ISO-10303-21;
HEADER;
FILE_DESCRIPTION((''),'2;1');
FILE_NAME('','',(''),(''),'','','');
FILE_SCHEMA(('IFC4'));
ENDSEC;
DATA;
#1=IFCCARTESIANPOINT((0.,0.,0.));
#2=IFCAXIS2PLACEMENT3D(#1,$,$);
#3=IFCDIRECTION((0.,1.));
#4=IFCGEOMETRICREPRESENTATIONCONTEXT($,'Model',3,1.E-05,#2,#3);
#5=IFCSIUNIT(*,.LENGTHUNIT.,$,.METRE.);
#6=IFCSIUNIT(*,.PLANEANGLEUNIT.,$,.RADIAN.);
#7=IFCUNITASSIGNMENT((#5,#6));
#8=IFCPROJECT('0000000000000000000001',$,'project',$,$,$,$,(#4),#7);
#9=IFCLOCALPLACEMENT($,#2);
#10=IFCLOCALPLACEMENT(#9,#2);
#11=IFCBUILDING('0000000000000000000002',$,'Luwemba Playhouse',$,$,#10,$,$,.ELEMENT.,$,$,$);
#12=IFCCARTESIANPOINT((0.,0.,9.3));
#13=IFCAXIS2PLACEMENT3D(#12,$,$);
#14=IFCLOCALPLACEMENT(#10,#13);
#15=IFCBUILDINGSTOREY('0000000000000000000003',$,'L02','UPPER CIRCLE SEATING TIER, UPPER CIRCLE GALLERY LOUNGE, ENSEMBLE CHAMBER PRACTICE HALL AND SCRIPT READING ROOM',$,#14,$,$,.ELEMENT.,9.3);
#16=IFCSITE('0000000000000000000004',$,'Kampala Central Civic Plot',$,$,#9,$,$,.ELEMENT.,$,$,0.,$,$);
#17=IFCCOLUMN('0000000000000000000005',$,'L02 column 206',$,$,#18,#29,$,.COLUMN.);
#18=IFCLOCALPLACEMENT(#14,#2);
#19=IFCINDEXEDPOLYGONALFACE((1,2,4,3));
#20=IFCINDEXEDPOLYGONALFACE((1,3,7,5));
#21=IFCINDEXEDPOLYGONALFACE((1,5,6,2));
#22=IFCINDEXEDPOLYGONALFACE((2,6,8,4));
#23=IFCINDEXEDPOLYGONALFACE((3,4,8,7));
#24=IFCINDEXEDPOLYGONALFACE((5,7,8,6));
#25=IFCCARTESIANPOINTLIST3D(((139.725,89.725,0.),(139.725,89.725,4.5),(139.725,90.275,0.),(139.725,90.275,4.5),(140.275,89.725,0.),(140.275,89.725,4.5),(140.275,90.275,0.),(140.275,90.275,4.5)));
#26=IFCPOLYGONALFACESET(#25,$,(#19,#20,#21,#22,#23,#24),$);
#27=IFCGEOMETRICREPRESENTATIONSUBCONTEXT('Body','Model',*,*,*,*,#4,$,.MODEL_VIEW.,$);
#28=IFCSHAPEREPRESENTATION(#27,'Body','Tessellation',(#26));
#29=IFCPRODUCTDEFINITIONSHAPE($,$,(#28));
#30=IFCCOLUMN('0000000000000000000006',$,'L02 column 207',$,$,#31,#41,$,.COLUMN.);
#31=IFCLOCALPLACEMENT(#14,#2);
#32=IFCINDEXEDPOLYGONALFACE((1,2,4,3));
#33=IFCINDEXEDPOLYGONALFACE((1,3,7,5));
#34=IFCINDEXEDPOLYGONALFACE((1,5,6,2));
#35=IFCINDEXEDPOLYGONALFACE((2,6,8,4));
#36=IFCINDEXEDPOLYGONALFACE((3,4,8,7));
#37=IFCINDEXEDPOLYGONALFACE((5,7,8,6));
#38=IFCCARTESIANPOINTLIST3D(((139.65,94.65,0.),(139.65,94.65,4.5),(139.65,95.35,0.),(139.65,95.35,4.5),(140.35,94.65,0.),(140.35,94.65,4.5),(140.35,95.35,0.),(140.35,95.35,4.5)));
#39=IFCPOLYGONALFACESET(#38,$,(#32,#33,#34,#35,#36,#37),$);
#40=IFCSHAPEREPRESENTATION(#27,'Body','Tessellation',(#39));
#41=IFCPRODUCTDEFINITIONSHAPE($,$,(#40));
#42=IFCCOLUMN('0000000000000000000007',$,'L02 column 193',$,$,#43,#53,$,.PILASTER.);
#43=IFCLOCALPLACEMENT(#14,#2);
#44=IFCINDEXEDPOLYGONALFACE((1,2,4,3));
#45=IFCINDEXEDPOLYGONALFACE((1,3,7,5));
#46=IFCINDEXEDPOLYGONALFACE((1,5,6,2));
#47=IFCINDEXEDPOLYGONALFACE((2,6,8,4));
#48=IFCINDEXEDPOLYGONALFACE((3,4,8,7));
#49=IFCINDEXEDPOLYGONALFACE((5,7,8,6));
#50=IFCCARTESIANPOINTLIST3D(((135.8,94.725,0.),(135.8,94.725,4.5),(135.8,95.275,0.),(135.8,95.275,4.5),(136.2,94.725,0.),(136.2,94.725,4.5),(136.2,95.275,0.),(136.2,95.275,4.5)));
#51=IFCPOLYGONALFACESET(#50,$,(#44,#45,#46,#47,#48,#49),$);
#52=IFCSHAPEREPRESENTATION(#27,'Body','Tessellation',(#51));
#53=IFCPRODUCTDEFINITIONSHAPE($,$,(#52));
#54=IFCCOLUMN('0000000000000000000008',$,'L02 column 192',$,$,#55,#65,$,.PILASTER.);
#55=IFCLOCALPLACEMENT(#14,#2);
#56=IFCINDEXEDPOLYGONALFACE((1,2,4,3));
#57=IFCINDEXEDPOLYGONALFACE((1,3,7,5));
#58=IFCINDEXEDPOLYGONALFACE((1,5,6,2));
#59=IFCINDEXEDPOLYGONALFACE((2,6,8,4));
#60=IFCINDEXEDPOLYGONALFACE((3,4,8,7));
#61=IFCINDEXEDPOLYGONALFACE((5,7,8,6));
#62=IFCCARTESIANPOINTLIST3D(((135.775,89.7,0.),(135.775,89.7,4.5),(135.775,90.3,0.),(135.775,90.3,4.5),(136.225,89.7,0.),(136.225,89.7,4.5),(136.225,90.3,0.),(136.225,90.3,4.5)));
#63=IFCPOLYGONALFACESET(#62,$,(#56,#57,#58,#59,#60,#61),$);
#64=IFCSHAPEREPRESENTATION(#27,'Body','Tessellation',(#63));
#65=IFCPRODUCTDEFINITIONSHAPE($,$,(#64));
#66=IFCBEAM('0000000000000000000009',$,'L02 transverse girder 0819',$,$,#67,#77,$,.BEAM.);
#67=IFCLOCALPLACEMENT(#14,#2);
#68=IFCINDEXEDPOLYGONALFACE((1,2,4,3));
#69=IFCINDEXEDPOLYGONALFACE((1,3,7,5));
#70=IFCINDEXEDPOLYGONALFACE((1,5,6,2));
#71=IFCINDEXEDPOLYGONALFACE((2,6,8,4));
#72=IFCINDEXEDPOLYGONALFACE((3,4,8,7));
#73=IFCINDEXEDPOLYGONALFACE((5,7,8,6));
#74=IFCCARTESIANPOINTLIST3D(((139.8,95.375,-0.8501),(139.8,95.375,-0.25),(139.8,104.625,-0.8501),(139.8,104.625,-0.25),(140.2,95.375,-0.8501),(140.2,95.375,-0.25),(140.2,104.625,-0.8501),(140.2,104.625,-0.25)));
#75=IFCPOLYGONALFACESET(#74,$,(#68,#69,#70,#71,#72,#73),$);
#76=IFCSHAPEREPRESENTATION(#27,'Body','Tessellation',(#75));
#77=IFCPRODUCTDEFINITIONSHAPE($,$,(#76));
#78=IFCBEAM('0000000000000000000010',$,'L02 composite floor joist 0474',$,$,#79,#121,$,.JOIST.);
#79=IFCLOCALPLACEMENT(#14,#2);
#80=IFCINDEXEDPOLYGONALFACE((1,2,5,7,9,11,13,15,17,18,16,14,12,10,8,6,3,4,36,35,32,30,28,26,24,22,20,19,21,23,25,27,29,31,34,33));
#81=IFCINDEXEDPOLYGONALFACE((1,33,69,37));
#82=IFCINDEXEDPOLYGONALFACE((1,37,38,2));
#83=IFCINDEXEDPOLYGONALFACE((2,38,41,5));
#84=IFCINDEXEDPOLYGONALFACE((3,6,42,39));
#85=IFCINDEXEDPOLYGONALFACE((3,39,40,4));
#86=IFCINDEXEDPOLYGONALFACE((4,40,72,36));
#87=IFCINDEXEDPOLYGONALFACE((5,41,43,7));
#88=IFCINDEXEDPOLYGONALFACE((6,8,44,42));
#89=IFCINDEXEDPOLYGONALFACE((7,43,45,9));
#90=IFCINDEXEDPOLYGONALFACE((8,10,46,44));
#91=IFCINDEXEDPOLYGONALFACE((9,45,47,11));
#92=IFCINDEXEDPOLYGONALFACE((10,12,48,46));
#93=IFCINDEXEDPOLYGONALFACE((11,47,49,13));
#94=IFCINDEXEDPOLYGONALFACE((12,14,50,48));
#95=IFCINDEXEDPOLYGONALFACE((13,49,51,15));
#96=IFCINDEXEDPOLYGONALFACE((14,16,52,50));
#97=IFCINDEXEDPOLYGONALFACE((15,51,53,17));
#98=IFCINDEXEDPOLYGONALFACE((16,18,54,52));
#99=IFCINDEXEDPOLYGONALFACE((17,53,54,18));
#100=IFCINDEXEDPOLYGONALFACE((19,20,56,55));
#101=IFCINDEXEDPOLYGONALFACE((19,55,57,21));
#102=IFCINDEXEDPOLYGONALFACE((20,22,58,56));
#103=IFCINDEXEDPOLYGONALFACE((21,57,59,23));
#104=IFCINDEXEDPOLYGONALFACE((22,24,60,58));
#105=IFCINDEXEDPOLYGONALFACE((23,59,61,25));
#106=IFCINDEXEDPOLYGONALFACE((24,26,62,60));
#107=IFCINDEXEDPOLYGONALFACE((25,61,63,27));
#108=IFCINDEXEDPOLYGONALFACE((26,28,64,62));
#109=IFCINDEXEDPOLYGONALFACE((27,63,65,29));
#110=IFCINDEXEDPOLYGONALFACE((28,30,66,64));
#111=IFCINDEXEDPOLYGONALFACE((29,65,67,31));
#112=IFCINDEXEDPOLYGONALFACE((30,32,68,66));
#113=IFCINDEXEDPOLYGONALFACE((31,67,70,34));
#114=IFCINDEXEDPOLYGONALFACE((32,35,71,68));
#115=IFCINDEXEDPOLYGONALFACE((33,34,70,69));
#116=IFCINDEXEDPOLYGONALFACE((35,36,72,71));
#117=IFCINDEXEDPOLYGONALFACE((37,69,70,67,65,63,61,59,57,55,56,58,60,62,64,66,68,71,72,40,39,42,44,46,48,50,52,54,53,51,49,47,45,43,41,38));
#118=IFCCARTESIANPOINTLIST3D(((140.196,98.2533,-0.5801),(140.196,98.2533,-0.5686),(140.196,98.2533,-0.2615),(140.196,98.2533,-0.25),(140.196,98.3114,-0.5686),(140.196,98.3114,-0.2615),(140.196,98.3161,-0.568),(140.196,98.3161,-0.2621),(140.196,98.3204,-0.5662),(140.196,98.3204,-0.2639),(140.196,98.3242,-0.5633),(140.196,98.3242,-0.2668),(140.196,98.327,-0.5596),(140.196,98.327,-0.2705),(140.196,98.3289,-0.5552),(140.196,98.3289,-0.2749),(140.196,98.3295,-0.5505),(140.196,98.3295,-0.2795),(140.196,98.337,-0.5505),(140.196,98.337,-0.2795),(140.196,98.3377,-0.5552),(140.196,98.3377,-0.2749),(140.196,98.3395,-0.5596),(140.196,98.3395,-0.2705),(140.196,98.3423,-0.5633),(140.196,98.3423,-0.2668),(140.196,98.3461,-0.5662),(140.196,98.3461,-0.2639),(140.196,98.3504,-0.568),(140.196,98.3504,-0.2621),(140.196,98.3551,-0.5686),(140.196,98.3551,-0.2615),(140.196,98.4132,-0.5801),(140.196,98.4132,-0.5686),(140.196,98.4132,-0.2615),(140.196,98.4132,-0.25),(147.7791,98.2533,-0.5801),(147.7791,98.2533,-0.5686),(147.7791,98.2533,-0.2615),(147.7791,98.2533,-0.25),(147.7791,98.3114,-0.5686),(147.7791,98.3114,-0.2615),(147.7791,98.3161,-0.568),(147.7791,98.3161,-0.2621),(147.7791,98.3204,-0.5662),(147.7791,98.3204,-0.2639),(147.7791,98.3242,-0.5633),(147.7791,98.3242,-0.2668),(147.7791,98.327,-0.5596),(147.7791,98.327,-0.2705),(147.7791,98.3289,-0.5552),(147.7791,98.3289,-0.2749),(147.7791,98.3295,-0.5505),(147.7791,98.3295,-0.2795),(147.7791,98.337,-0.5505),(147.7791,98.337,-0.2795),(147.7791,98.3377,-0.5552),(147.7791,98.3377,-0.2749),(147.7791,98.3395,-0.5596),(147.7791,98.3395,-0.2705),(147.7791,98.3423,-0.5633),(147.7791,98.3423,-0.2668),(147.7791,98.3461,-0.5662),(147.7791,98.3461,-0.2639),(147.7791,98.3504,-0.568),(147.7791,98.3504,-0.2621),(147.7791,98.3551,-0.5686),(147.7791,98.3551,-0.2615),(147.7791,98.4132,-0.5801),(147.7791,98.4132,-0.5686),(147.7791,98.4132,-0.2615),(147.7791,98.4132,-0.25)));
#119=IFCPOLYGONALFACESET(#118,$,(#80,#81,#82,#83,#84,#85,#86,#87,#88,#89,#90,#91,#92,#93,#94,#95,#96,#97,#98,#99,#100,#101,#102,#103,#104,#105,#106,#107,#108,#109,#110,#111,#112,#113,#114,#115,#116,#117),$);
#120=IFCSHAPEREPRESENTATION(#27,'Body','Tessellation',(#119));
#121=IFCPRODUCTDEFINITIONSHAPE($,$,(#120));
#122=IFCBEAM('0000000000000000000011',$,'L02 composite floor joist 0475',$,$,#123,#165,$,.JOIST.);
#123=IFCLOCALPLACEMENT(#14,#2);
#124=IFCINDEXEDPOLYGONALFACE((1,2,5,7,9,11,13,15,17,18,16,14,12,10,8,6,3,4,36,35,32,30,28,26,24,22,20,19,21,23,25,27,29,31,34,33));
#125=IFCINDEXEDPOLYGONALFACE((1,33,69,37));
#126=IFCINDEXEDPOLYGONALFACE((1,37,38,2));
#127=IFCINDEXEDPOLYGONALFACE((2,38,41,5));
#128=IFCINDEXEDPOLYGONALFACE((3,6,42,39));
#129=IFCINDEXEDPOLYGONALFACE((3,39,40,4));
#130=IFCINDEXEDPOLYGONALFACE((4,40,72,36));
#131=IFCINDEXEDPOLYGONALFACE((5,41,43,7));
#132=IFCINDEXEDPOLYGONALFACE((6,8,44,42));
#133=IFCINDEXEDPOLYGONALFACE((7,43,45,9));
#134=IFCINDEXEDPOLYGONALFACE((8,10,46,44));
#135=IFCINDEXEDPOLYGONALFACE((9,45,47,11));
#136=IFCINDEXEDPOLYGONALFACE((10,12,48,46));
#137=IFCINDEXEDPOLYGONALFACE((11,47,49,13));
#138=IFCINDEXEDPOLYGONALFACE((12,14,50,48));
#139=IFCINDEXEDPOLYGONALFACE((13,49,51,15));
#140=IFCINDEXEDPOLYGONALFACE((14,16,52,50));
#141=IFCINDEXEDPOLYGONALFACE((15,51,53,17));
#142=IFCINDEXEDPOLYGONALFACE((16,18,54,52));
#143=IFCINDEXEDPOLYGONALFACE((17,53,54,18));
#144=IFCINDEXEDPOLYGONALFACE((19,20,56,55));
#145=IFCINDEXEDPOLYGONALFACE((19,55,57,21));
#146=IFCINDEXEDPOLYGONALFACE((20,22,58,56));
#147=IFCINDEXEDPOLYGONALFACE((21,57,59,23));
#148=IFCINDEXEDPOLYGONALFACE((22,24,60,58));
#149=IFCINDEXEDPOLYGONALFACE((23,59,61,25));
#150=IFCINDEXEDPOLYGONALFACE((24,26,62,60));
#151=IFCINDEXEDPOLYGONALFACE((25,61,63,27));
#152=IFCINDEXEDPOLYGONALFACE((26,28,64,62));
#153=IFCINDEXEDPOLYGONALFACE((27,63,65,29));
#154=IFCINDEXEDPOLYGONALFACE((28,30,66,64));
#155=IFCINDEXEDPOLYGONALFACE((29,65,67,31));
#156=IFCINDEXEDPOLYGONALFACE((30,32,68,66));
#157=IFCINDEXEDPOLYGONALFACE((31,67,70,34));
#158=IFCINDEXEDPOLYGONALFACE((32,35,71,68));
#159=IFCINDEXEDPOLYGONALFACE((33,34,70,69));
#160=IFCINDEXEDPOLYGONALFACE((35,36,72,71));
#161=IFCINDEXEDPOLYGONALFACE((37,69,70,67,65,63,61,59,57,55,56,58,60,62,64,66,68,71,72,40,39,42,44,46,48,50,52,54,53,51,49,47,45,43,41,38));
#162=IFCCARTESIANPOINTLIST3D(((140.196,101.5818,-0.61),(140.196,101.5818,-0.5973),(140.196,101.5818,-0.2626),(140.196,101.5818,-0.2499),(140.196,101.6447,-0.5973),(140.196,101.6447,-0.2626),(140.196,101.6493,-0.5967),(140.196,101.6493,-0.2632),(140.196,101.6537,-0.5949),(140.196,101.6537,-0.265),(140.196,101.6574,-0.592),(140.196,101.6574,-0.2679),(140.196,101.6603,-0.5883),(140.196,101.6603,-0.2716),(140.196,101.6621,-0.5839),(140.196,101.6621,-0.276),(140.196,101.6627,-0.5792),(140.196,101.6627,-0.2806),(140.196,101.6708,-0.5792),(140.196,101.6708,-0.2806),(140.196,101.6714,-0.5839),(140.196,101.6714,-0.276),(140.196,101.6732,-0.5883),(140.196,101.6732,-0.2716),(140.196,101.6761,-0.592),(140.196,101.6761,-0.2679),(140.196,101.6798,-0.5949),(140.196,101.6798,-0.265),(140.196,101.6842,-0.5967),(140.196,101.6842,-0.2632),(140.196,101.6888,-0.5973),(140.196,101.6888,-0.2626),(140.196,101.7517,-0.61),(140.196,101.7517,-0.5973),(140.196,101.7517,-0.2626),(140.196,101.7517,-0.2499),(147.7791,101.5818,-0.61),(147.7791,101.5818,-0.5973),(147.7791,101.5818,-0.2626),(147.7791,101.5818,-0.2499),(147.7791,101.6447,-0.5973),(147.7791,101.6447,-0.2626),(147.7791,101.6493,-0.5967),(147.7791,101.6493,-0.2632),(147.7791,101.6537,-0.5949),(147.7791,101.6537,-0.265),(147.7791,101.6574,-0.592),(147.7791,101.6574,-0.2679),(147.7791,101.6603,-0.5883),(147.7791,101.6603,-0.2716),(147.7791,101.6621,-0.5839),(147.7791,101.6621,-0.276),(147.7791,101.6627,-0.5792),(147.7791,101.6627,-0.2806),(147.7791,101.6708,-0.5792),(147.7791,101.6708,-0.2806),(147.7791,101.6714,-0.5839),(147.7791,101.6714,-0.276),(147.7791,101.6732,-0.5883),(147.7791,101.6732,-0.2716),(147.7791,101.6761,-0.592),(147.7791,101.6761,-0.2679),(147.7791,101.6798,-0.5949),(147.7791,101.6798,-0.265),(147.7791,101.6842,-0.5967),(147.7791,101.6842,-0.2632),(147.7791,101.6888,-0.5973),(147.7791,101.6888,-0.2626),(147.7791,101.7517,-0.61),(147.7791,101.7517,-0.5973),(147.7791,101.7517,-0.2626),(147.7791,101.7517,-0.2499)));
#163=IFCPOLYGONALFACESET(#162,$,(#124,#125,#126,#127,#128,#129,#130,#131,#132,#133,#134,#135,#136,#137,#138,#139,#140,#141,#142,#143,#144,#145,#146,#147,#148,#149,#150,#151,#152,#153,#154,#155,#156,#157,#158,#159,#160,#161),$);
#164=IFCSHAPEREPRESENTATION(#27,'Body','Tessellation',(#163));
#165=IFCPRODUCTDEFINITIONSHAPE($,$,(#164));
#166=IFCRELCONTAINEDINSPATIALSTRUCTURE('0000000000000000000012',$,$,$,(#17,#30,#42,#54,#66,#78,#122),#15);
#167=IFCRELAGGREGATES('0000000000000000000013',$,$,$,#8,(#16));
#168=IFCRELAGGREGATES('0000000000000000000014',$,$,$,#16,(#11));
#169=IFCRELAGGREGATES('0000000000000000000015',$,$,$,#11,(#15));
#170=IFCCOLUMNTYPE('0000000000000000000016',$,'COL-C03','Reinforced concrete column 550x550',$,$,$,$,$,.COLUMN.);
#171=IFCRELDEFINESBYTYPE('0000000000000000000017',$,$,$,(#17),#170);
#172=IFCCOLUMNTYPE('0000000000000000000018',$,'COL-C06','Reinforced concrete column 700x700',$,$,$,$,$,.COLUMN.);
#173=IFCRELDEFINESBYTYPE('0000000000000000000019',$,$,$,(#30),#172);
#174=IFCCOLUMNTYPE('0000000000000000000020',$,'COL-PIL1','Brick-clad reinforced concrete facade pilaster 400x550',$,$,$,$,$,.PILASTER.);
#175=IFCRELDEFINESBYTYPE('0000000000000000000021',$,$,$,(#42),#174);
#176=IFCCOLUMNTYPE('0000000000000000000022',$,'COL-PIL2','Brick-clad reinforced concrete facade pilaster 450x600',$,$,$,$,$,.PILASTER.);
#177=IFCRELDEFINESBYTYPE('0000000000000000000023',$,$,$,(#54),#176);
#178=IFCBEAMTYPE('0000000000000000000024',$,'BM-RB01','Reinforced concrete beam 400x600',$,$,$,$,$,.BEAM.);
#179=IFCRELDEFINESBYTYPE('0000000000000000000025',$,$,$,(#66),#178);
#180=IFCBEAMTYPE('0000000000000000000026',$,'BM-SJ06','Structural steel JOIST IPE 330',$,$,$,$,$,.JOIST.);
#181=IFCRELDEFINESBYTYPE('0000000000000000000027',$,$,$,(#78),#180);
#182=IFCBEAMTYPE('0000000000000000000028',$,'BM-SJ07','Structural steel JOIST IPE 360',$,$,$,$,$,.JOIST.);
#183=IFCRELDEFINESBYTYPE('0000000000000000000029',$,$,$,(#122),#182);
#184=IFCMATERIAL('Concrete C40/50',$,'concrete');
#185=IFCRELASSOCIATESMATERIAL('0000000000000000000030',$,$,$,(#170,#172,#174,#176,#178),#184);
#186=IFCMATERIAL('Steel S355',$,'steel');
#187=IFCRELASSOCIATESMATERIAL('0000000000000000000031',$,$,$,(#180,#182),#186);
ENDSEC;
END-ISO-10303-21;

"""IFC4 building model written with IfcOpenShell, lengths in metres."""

from ifc_helpers import new_model, si_unit, direction, frame, origin, origin_2d, place, context, subcontext, project, spatial, rectangle, i_section, extrude, material, material_profile, profile_set, type_object, element, save


model = new_model("IFC4")

# Units and contexts
model_context = context("Model", 3, precision=1e-05, world=origin(), true_north=direction((0.0, 1.0)))
body_context = subcontext(model_context, "Body", "Model", "MODEL_VIEW")
ifc_project = project(units=[si_unit("LENGTHUNIT", "METRE"), si_unit("PLANEANGLEUNIT", "RADIAN")], contexts=[model_context])

# Site, building, storey
site_placement = place(None, origin())
site = spatial("IfcSite", under=ifc_project, at=site_placement, Name="Kampala Central Civic Plot", CompositionType="ELEMENT", RefElevation=0.0)
building_placement = place(site_placement, origin())
building = spatial("IfcBuilding", under=site, at=building_placement, Name="Luwemba Playhouse", CompositionType="ELEMENT")
storey_placement = place(building_placement, frame((0.0, 0.0, 9.3)))
storey = spatial("IfcBuildingStorey", under=building, at=storey_placement, Name="L02", Description="UPPER CIRCLE SEATING TIER, UPPER CIRCLE GALLERY LOUNGE, ENSEMBLE CHAMBER PRACTICE HALL AND SCRIPT READING ROOM", CompositionType="ELEMENT", Elevation=9.3)

# Columns
ifc_material_1 = material(Name="Concrete C40/50", Category="concrete")
ifc_material_profile_1 = material_profile(ifc_material_1, rectangle(XDim=0.55, YDim=0.55, at=origin_2d()))
ifc_profile_set_1 = profile_set([ifc_material_profile_1], Name="Concrete C40/50")
column_type_1 = type_object("IfcColumnType", Name="COL-C03", Description="Reinforced concrete column 550x550", PredefinedType="COLUMN", material=ifc_profile_set_1)
column_1_placement = place(storey_placement, frame((140.0, 90.0, 0.0), z_axis=(0.0, 0.0, 1.0), x_axis=(1.0, 0.0, 0.0)))
element("IfcColumn", 1, at=column_1_placement, inside=storey, type_object=column_type_1, Name="L02 column 206", PredefinedType="COLUMN", context=body_context, shape_type="SweptSolid", body=[
    extrude(rectangle(XDim=0.55, YDim=0.55, at=origin_2d()), origin(), (0.0, 0.0, 1.0), 4.5),
])
ifc_material_profile_2 = material_profile(ifc_material_1, rectangle(XDim=0.7, YDim=0.7, at=origin_2d()))
ifc_profile_set_2 = profile_set([ifc_material_profile_2], Name="Concrete C40/50")
column_type_2 = type_object("IfcColumnType", Name="COL-C06", Description="Reinforced concrete column 700x700", PredefinedType="COLUMN", material=ifc_profile_set_2)
column_2_placement = place(storey_placement, frame((140.0, 95.0, 0.0), z_axis=(0.0, 0.0, 1.0), x_axis=(1.0, 0.0, 0.0)))
element("IfcColumn", 2, at=column_2_placement, inside=storey, type_object=column_type_2, Name="L02 column 207", PredefinedType="COLUMN", context=body_context, shape_type="SweptSolid", body=[
    extrude(rectangle(XDim=0.7, YDim=0.7, at=origin_2d()), origin(), (0.0, 0.0, 1.0), 4.5),
])
ifc_material_profile_3 = material_profile(ifc_material_1, rectangle(XDim=0.3999, YDim=0.55, at=origin_2d()))
ifc_profile_set_3 = profile_set([ifc_material_profile_3], Name="Concrete C40/50")
column_type_3 = type_object("IfcColumnType", Name="COL-PIL1", Description="Brick-clad reinforced concrete facade pilaster 400x550", PredefinedType="PILASTER", material=ifc_profile_set_3)
column_3_placement = place(storey_placement, frame((136.0, 95.0, 0.0), z_axis=(0.0, 0.0, 1.0), x_axis=(1.0, 0.0, 0.0)))
element("IfcColumn", 3, at=column_3_placement, inside=storey, type_object=column_type_3, Name="L02 column 193", PredefinedType="PILASTER", context=body_context, shape_type="SweptSolid", body=[
    extrude(rectangle(XDim=0.3999, YDim=0.55, at=origin_2d()), origin(), (0.0, 0.0, 1.0), 4.5),
])
ifc_material_profile_4 = material_profile(ifc_material_1, rectangle(XDim=0.45, YDim=0.6001, at=origin_2d()))
ifc_profile_set_4 = profile_set([ifc_material_profile_4], Name="Concrete C40/50")
column_type_4 = type_object("IfcColumnType", Name="COL-PIL2", Description="Brick-clad reinforced concrete facade pilaster 450x600", PredefinedType="PILASTER", material=ifc_profile_set_4)
column_4_placement = place(storey_placement, frame((136.0, 90.0, 0.0), z_axis=(0.0, 0.0, 1.0), x_axis=(1.0, 0.0, 0.0)))
element("IfcColumn", 4, at=column_4_placement, inside=storey, type_object=column_type_4, Name="L02 column 192", PredefinedType="PILASTER", context=body_context, shape_type="SweptSolid", body=[
    extrude(rectangle(XDim=0.45, YDim=0.6001, at=origin_2d()), origin(), (0.0, 0.0, 1.0), 4.5),
])

# Beams
ifc_material_profile_5 = material_profile(ifc_material_1, rectangle(XDim=0.3999, YDim=0.6001, at=origin_2d()))
ifc_profile_set_5 = profile_set([ifc_material_profile_5], Name="Concrete C40/50")
beam_type_1 = type_object("IfcBeamType", Name="BM-RB01", Description="Reinforced concrete beam 400x600", PredefinedType="BEAM", material=ifc_profile_set_5)
beam_1_placement = place(storey_placement, frame((140.0, 95.375, -0.55), z_axis=(0.0, 1.0, 0.0), x_axis=(-1.0, 0.0, 0.0)))
element("IfcBeam", 5, at=beam_1_placement, inside=storey, type_object=beam_type_1, Name="L02 transverse girder 0819", PredefinedType="BEAM", context=body_context, shape_type="SweptSolid", body=[
    extrude(rectangle(XDim=0.3999, YDim=0.6001, at=origin_2d()), origin(), (0.0, 0.0, 1.0), 9.25),
])
ifc_material_2 = material(Name="Steel S355", Category="steel")
ifc_material_profile_6 = material_profile(ifc_material_2, i_section(OverallWidth=0.1599, OverallDepth=0.3301, WebThickness=0.0076, FlangeThickness=0.0115, FilletRadius=0.0181, at=origin_2d()))
ifc_profile_set_6 = profile_set([ifc_material_profile_6], Name="Steel S355")
beam_type_2 = type_object("IfcBeamType", Name="BM-SJ06", Description="Structural steel JOIST IPE 330", PredefinedType="JOIST", material=ifc_profile_set_6)
beam_2_placement = place(storey_placement, frame((140.196, 98.3333, -0.415), z_axis=(1.0, 0.0, 0.0), x_axis=(0.0, 1.0, 0.0)))
element("IfcBeam", 6, at=beam_2_placement, inside=storey, type_object=beam_type_2, Name="L02 composite floor joist 0474", PredefinedType="JOIST", context=body_context, shape_type="SweptSolid", body=[
    extrude(i_section(OverallWidth=0.1599, OverallDepth=0.3301, WebThickness=0.0076, FlangeThickness=0.0115, FilletRadius=0.0181, at=origin_2d()), origin(), (0.0, 0.0, 1.0), 7.583),
])
ifc_material_profile_7 = material_profile(ifc_material_2, i_section(OverallWidth=0.1699, OverallDepth=0.3601, WebThickness=0.0081, FlangeThickness=0.0127, FilletRadius=0.0181, at=origin_2d()))
ifc_profile_set_7 = profile_set([ifc_material_profile_7], Name="Steel S355")
beam_type_3 = type_object("IfcBeamType", Name="BM-SJ07", Description="Structural steel JOIST IPE 360", PredefinedType="JOIST", material=ifc_profile_set_7)
beam_3_placement = place(storey_placement, frame((140.196, 101.6667, -0.4299), z_axis=(1.0, 0.0, 0.0), x_axis=(0.0, 1.0, 0.0)))
element("IfcBeam", 7, at=beam_3_placement, inside=storey, type_object=beam_type_3, Name="L02 composite floor joist 0475", PredefinedType="JOIST", context=body_context, shape_type="SweptSolid", body=[
    extrude(i_section(OverallWidth=0.1699, OverallDepth=0.3601, WebThickness=0.0081, FlangeThickness=0.0127, FilletRadius=0.0181, at=origin_2d()), origin(), (0.0, 0.0, 1.0), 7.583),
])

save(model, "model.ifc")
